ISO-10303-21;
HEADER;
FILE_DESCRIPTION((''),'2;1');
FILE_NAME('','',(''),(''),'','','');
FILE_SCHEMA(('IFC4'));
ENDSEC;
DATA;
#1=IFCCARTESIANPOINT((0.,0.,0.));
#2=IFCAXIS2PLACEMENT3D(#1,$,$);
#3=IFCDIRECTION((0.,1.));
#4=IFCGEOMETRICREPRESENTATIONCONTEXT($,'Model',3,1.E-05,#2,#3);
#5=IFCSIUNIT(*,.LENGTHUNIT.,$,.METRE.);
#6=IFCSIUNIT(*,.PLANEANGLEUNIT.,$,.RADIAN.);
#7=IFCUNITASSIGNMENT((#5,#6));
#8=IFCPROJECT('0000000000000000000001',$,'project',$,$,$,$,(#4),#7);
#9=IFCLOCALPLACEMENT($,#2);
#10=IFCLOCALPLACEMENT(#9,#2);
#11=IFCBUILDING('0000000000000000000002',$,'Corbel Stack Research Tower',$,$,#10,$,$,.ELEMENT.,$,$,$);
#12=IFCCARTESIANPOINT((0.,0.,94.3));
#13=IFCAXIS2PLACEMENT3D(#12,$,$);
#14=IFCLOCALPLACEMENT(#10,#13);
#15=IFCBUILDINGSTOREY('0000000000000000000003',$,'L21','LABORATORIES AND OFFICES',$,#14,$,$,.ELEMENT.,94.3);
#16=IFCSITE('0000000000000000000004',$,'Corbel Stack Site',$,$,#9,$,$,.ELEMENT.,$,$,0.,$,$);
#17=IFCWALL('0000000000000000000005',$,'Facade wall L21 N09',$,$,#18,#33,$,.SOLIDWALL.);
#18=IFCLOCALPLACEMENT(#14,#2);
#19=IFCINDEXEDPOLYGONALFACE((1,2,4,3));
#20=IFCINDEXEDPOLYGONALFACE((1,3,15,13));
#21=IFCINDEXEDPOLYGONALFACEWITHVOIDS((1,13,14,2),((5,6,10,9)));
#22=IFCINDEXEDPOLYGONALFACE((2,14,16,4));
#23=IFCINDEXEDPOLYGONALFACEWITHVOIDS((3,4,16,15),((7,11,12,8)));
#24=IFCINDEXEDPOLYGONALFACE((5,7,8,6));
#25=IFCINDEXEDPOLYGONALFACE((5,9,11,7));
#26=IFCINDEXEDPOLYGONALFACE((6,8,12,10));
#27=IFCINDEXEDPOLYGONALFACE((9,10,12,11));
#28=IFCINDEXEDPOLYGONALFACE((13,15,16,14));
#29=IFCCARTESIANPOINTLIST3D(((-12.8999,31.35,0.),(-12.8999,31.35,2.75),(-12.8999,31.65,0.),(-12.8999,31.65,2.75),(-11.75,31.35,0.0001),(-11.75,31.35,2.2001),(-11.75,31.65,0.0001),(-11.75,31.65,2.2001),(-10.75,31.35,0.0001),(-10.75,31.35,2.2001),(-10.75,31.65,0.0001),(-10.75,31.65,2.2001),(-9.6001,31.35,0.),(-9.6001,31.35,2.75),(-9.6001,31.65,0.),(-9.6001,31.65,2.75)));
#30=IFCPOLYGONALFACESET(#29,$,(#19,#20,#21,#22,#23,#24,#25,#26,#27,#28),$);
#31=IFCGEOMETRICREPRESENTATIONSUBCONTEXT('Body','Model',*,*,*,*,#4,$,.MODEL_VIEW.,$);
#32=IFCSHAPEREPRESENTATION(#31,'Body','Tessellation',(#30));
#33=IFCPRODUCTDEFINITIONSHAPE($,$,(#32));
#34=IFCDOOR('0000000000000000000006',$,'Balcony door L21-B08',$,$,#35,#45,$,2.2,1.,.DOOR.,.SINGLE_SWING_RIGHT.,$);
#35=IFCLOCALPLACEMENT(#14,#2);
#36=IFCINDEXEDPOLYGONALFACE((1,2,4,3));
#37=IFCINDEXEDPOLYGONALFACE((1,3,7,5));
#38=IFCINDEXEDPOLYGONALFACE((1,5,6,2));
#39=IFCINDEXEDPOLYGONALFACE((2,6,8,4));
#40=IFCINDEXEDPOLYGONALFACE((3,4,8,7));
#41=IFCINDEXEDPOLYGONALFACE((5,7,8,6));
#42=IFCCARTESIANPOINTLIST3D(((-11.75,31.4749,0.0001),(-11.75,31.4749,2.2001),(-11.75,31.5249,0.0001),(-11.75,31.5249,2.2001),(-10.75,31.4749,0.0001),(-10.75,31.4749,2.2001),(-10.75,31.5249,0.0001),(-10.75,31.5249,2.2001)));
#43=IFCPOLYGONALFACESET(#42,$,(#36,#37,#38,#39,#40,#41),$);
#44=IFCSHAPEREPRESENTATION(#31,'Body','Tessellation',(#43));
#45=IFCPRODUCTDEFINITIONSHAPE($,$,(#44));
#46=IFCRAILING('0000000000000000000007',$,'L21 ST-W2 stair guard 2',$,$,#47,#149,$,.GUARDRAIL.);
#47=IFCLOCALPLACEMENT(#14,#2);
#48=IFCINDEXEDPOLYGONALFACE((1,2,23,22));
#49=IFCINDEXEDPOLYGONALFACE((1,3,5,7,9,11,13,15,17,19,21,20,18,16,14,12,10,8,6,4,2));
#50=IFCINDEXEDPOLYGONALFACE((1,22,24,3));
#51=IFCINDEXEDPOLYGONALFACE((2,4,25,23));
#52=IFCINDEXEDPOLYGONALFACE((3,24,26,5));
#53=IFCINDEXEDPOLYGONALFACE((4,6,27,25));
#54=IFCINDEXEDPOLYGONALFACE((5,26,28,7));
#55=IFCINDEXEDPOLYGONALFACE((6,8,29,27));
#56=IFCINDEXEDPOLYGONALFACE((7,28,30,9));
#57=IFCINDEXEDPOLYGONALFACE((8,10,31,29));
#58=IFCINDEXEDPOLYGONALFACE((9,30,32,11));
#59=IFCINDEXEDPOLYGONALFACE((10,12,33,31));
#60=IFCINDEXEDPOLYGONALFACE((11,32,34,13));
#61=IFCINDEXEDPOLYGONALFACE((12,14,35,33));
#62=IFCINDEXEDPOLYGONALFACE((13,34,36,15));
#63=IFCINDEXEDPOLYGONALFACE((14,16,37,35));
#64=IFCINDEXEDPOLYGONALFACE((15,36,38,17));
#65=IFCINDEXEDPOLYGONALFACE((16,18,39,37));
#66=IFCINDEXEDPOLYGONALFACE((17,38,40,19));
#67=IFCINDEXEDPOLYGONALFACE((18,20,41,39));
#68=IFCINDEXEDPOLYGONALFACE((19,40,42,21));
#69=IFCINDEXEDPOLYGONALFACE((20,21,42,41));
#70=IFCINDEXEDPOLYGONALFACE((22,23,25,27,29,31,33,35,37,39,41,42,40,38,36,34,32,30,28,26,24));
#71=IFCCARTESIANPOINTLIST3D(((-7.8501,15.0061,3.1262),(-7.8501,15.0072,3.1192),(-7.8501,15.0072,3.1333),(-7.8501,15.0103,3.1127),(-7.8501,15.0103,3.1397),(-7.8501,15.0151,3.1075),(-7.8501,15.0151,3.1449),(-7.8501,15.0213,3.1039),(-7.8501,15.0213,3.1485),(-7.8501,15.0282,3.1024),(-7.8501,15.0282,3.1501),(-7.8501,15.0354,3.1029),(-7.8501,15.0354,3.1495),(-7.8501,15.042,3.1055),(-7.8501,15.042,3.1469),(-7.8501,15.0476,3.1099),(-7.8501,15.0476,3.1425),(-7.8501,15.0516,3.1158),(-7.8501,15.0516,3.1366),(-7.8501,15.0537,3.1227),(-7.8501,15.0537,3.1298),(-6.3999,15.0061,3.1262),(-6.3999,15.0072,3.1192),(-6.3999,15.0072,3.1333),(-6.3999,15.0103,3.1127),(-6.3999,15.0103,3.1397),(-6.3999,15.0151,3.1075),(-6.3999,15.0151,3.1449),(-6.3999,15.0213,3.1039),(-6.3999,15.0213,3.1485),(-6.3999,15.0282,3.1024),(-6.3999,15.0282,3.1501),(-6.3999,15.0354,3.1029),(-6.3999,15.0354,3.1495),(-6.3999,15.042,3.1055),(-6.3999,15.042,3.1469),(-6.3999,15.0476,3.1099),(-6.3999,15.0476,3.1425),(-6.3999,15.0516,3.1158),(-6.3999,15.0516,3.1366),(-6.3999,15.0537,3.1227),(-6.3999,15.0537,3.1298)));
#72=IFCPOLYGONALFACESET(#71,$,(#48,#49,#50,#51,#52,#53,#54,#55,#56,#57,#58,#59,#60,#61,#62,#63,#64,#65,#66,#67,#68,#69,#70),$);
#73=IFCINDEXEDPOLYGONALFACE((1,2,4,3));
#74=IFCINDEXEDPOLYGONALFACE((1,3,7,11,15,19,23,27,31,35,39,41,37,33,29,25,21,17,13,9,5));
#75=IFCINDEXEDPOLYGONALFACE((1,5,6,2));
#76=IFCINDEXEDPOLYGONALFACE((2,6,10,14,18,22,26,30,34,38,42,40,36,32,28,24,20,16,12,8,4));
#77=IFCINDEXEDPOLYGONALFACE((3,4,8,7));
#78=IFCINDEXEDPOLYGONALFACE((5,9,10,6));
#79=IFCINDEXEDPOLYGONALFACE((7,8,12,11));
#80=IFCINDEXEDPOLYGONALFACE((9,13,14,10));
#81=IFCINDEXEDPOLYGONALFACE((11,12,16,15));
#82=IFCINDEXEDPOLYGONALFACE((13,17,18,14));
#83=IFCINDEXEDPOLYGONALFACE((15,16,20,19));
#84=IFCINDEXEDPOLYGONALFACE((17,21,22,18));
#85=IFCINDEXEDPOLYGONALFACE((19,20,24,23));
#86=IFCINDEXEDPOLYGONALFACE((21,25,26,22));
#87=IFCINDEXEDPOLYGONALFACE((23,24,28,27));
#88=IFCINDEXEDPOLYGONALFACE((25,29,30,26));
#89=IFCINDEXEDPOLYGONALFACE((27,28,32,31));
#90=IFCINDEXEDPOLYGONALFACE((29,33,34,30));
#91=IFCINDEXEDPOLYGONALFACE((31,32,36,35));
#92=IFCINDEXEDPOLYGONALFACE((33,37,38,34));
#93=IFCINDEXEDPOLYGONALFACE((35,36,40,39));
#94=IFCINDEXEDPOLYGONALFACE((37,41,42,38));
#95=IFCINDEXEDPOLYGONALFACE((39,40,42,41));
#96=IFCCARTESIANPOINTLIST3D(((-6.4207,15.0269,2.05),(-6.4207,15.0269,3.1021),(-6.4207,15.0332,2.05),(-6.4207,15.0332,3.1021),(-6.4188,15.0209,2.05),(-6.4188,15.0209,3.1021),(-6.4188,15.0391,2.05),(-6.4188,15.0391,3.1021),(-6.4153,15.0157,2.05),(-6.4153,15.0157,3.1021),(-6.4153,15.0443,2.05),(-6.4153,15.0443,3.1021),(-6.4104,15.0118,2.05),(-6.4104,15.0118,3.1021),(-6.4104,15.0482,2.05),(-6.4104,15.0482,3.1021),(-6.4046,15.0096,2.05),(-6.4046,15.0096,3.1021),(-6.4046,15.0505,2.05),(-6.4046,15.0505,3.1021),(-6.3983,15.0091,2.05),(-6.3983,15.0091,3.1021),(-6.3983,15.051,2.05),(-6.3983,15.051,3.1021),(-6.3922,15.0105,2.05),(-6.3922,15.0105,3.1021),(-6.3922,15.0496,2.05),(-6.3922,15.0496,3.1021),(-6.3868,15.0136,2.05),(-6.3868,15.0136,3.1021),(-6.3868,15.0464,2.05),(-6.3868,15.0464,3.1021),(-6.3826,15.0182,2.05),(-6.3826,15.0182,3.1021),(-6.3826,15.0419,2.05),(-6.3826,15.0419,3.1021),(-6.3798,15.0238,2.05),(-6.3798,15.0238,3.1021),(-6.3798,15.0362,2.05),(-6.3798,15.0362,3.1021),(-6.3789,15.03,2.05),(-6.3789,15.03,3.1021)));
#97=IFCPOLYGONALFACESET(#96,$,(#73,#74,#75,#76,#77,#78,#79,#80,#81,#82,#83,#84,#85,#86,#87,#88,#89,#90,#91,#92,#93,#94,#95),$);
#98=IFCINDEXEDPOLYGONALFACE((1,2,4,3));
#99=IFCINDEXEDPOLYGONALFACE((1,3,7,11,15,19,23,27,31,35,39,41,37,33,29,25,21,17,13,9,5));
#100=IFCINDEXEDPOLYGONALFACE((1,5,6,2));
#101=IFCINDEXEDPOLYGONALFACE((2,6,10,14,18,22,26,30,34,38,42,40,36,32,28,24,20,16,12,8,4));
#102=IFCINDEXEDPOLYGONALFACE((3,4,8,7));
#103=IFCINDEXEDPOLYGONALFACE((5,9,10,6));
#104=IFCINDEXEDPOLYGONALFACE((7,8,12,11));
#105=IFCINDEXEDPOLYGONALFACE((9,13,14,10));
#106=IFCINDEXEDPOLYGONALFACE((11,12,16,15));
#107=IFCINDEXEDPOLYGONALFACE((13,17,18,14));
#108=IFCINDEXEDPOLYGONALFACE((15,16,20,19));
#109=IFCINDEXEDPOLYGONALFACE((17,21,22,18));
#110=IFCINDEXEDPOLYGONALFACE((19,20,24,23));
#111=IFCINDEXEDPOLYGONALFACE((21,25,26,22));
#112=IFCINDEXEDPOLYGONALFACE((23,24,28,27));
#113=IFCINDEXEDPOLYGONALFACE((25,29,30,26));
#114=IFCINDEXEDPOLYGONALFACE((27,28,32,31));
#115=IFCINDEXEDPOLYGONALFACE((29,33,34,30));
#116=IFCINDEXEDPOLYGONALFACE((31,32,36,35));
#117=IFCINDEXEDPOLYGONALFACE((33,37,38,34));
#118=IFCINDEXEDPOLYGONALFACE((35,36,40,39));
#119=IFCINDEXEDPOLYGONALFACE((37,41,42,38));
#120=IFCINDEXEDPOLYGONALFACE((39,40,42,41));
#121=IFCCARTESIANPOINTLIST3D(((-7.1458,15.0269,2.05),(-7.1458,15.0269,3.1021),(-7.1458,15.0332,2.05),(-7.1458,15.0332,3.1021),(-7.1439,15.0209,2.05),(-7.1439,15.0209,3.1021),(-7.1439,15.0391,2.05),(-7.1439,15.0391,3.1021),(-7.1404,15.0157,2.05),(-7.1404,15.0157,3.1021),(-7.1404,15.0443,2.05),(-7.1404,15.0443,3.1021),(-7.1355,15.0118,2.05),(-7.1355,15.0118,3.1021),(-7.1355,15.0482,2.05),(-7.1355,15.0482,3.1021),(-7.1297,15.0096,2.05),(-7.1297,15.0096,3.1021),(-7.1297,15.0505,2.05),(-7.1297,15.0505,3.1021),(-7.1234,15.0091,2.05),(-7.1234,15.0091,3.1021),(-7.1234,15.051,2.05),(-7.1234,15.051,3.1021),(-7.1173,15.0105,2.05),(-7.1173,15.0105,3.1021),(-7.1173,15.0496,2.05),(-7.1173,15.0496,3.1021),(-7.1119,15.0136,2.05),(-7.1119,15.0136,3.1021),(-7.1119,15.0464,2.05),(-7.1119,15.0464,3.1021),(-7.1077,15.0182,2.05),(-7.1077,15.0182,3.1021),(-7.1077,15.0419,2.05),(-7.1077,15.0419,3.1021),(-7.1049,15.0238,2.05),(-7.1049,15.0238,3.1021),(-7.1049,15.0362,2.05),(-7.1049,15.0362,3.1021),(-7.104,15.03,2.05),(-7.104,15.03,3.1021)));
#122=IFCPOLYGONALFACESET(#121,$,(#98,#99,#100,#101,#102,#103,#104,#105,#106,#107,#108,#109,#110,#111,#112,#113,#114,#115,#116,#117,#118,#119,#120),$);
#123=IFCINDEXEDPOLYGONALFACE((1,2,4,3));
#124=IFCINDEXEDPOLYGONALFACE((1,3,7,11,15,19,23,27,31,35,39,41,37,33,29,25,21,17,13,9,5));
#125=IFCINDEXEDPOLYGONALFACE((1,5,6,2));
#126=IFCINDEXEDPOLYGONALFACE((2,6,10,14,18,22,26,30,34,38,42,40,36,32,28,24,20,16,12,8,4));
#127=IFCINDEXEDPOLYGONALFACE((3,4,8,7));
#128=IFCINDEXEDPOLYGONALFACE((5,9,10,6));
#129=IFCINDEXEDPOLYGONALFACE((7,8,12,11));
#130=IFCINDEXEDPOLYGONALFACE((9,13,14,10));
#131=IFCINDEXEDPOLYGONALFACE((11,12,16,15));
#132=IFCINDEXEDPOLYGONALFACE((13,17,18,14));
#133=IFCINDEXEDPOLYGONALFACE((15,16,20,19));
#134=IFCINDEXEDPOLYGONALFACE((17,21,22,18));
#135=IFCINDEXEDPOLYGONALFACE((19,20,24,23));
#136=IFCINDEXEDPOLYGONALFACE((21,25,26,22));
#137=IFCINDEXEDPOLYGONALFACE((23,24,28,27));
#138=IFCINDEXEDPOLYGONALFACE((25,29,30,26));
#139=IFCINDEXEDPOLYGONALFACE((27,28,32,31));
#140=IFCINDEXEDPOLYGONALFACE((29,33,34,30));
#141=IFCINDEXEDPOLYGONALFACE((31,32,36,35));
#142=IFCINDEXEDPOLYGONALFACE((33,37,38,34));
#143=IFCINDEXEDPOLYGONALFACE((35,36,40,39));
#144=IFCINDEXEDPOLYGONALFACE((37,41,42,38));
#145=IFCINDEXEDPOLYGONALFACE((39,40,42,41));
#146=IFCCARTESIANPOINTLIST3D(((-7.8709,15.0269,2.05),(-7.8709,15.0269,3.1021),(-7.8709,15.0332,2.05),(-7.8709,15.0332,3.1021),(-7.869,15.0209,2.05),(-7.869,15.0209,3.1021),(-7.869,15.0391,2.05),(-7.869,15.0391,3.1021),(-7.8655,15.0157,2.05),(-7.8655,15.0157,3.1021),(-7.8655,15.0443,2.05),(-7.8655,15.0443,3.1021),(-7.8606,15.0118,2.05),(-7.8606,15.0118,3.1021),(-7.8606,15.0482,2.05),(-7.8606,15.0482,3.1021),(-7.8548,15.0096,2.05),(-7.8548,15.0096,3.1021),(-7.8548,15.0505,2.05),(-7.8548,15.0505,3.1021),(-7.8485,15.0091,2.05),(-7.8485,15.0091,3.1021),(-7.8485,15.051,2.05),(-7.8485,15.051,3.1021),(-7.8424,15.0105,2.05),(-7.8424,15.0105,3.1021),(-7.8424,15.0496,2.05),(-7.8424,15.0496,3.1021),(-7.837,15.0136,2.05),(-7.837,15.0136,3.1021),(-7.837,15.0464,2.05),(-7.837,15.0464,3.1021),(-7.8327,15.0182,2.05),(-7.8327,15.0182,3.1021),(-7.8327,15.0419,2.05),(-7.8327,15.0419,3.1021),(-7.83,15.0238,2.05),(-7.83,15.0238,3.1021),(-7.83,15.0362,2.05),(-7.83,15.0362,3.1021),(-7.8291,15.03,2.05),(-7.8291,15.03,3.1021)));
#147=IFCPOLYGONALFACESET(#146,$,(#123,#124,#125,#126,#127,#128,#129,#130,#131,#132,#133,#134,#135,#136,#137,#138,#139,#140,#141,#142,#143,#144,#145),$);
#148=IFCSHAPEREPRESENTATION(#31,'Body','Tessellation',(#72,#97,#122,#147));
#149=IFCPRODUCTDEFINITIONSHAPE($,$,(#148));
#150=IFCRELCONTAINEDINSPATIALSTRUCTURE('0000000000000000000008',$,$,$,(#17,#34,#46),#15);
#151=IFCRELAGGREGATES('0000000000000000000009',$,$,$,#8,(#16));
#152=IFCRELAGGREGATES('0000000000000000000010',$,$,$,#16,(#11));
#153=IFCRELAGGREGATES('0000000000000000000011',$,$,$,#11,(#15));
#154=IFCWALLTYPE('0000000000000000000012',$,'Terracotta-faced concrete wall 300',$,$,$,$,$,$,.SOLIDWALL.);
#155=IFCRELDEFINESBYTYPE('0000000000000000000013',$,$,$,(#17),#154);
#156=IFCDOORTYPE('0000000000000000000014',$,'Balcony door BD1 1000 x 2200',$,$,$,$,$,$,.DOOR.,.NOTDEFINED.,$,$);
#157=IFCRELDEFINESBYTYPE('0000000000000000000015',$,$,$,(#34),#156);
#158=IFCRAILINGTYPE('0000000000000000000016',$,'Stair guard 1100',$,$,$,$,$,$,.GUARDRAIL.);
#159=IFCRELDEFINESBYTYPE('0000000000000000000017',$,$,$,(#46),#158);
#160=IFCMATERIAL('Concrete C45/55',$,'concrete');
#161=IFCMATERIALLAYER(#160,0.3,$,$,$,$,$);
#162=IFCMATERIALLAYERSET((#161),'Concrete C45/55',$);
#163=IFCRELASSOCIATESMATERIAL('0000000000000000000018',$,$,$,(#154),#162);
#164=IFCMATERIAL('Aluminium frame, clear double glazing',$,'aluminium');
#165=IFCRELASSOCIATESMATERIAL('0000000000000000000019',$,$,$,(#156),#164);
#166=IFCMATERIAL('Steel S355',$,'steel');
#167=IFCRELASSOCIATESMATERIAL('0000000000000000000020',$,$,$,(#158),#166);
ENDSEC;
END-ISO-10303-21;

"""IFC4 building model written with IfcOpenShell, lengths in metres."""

from ifc_helpers import new_model, si_unit, direction, frame, frame_2d, origin, origin_2d, place, context, subcontext, project, spatial, rectangle, circle, extrude, material, layer, layer_set, type_object, element, fill, save


model = new_model("IFC4")

# Units and contexts
model_context = context("Model", 3, precision=1e-05, world=origin(), true_north=direction((0.0, 1.0)))
body_context = subcontext(model_context, "Body", "Model", "MODEL_VIEW")
ifc_project = project(units=[si_unit("LENGTHUNIT", "METRE"), si_unit("PLANEANGLEUNIT", "RADIAN")], contexts=[model_context])

# Site, building, storey
site_placement = place(None, origin())
site = spatial("IfcSite", under=ifc_project, at=site_placement, Name="Corbel Stack Site", CompositionType="ELEMENT", RefElevation=0.0)
building_placement = place(site_placement, origin())
building = spatial("IfcBuilding", under=site, at=building_placement, Name="Corbel Stack Research Tower", CompositionType="ELEMENT")
storey_placement = place(building_placement, frame((0.0, 0.0, 94.3)))
storey = spatial("IfcBuildingStorey", under=building, at=storey_placement, Name="L21", Description="LABORATORIES AND OFFICES", CompositionType="ELEMENT", Elevation=94.3)

# Shared definitions
ifc_material_1 = material(Name="Concrete C45/55", Category="concrete")
ifc_layer_1 = layer(ifc_material_1, 0.3)
ifc_layer_set_1 = layer_set([ifc_layer_1], Name="Concrete C45/55")
wall_type_1 = type_object("IfcWallType", Name="Terracotta-faced concrete wall 300", PredefinedType="SOLIDWALL", material=ifc_layer_set_1)

# Wall, opening, door
wall_1_placement = place(storey_placement, frame((-12.8999, 31.5, 0.0), z_axis=(0.0, 0.0, 1.0), x_axis=(1.0, 0.0, 0.0)))
wall_1 = element("IfcWall", 1, at=wall_1_placement, inside=storey, type_object=wall_type_1, Name="Facade wall L21 N09", PredefinedType="SOLIDWALL", context=body_context, shape_type="SweptSolid", body=[
    extrude(rectangle(XDim=3.2998, YDim=0.3, at=frame_2d((1.6499, 0.0))), origin(), (0.0, 0.0, 1.0), 2.75),
])
opening_1_placement = place(wall_1_placement, frame((1.1499, 0.0, 0.0)))
opening_1 = element("IfcOpeningElement", 2, at=opening_1_placement, cuts=wall_1, PredefinedType="OPENING", context=body_context, shape_type="SweptSolid", body=[
    extrude(rectangle(XDim=1.0, YDim=2.2, at=frame_2d((0.5, 1.1001))), frame((0.0, 0.1599, 0.0), z_axis=(0.0, -1.0, 0.0), x_axis=(1.0, 0.0, 0.0)), (0.0, 0.0, 1.0), 0.3201),
])
ifc_material_2 = material(Name="Aluminium frame, clear double glazing", Category="aluminium")
door_type_1 = type_object("IfcDoorType", Name="Balcony door BD1 1000 x 2200", OperationType="NOTDEFINED", PredefinedType="DOOR", material=ifc_material_2)
door_1_placement = place(opening_1_placement, origin())
door_1 = element("IfcDoor", 3, at=door_1_placement, inside=storey, type_object=door_type_1, Name="Balcony door L21-B08", OperationType="SINGLE_SWING_RIGHT", OverallHeight=2.2, OverallWidth=1.0, PredefinedType="DOOR", context=body_context, shape_type="SweptSolid", body=[
    extrude(rectangle(XDim=1.0, YDim=2.2, at=frame_2d((0.5, 1.1001))), frame((0.0, 0.0249, 0.0), z_axis=(0.0, -1.0, 0.0), x_axis=(1.0, 0.0, 0.0)), (0.0, 0.0, 1.0), 0.05),
])
fill(opening_1, door_1)

# Railing
ifc_material_3 = material(Name="Steel S355", Category="steel")
railing_type = type_object("IfcRailingType", Name="Stair guard 1100", PredefinedType="GUARDRAIL", material=ifc_material_3)
railing_1_placement = place(storey_placement, frame((-6.3999, 15.03, 2.05)))
element("IfcRailing", 4, at=railing_1_placement, inside=storey, type_object=railing_type, Name="L21 ST-W2 stair guard 2", PredefinedType="GUARDRAIL", context=body_context, shape_type="SweptSolid", body=[
    extrude(circle(Radius=0.0239, at=origin_2d()), frame((0.0, 0.0, 1.0762), z_axis=(-1.0, 0.0, 0.0), x_axis=(0.0, -1.0, 0.0)), (0.0, 0.0, 1.0), 1.4502),
    extrude(circle(Radius=0.021, at=origin_2d()), origin(), (0.0, 0.0, 1.0), 1.052),
    extrude(circle(Radius=0.021, at=origin_2d()), frame((-0.7251, 0.0, 0.0)), (0.0, 0.0, 1.0), 1.052),
    extrude(circle(Radius=0.021, at=origin_2d()), frame((-1.4502, 0.0, 0.0)), (0.0, 0.0, 1.0), 1.052),
])

save(model, "model.ifc")
